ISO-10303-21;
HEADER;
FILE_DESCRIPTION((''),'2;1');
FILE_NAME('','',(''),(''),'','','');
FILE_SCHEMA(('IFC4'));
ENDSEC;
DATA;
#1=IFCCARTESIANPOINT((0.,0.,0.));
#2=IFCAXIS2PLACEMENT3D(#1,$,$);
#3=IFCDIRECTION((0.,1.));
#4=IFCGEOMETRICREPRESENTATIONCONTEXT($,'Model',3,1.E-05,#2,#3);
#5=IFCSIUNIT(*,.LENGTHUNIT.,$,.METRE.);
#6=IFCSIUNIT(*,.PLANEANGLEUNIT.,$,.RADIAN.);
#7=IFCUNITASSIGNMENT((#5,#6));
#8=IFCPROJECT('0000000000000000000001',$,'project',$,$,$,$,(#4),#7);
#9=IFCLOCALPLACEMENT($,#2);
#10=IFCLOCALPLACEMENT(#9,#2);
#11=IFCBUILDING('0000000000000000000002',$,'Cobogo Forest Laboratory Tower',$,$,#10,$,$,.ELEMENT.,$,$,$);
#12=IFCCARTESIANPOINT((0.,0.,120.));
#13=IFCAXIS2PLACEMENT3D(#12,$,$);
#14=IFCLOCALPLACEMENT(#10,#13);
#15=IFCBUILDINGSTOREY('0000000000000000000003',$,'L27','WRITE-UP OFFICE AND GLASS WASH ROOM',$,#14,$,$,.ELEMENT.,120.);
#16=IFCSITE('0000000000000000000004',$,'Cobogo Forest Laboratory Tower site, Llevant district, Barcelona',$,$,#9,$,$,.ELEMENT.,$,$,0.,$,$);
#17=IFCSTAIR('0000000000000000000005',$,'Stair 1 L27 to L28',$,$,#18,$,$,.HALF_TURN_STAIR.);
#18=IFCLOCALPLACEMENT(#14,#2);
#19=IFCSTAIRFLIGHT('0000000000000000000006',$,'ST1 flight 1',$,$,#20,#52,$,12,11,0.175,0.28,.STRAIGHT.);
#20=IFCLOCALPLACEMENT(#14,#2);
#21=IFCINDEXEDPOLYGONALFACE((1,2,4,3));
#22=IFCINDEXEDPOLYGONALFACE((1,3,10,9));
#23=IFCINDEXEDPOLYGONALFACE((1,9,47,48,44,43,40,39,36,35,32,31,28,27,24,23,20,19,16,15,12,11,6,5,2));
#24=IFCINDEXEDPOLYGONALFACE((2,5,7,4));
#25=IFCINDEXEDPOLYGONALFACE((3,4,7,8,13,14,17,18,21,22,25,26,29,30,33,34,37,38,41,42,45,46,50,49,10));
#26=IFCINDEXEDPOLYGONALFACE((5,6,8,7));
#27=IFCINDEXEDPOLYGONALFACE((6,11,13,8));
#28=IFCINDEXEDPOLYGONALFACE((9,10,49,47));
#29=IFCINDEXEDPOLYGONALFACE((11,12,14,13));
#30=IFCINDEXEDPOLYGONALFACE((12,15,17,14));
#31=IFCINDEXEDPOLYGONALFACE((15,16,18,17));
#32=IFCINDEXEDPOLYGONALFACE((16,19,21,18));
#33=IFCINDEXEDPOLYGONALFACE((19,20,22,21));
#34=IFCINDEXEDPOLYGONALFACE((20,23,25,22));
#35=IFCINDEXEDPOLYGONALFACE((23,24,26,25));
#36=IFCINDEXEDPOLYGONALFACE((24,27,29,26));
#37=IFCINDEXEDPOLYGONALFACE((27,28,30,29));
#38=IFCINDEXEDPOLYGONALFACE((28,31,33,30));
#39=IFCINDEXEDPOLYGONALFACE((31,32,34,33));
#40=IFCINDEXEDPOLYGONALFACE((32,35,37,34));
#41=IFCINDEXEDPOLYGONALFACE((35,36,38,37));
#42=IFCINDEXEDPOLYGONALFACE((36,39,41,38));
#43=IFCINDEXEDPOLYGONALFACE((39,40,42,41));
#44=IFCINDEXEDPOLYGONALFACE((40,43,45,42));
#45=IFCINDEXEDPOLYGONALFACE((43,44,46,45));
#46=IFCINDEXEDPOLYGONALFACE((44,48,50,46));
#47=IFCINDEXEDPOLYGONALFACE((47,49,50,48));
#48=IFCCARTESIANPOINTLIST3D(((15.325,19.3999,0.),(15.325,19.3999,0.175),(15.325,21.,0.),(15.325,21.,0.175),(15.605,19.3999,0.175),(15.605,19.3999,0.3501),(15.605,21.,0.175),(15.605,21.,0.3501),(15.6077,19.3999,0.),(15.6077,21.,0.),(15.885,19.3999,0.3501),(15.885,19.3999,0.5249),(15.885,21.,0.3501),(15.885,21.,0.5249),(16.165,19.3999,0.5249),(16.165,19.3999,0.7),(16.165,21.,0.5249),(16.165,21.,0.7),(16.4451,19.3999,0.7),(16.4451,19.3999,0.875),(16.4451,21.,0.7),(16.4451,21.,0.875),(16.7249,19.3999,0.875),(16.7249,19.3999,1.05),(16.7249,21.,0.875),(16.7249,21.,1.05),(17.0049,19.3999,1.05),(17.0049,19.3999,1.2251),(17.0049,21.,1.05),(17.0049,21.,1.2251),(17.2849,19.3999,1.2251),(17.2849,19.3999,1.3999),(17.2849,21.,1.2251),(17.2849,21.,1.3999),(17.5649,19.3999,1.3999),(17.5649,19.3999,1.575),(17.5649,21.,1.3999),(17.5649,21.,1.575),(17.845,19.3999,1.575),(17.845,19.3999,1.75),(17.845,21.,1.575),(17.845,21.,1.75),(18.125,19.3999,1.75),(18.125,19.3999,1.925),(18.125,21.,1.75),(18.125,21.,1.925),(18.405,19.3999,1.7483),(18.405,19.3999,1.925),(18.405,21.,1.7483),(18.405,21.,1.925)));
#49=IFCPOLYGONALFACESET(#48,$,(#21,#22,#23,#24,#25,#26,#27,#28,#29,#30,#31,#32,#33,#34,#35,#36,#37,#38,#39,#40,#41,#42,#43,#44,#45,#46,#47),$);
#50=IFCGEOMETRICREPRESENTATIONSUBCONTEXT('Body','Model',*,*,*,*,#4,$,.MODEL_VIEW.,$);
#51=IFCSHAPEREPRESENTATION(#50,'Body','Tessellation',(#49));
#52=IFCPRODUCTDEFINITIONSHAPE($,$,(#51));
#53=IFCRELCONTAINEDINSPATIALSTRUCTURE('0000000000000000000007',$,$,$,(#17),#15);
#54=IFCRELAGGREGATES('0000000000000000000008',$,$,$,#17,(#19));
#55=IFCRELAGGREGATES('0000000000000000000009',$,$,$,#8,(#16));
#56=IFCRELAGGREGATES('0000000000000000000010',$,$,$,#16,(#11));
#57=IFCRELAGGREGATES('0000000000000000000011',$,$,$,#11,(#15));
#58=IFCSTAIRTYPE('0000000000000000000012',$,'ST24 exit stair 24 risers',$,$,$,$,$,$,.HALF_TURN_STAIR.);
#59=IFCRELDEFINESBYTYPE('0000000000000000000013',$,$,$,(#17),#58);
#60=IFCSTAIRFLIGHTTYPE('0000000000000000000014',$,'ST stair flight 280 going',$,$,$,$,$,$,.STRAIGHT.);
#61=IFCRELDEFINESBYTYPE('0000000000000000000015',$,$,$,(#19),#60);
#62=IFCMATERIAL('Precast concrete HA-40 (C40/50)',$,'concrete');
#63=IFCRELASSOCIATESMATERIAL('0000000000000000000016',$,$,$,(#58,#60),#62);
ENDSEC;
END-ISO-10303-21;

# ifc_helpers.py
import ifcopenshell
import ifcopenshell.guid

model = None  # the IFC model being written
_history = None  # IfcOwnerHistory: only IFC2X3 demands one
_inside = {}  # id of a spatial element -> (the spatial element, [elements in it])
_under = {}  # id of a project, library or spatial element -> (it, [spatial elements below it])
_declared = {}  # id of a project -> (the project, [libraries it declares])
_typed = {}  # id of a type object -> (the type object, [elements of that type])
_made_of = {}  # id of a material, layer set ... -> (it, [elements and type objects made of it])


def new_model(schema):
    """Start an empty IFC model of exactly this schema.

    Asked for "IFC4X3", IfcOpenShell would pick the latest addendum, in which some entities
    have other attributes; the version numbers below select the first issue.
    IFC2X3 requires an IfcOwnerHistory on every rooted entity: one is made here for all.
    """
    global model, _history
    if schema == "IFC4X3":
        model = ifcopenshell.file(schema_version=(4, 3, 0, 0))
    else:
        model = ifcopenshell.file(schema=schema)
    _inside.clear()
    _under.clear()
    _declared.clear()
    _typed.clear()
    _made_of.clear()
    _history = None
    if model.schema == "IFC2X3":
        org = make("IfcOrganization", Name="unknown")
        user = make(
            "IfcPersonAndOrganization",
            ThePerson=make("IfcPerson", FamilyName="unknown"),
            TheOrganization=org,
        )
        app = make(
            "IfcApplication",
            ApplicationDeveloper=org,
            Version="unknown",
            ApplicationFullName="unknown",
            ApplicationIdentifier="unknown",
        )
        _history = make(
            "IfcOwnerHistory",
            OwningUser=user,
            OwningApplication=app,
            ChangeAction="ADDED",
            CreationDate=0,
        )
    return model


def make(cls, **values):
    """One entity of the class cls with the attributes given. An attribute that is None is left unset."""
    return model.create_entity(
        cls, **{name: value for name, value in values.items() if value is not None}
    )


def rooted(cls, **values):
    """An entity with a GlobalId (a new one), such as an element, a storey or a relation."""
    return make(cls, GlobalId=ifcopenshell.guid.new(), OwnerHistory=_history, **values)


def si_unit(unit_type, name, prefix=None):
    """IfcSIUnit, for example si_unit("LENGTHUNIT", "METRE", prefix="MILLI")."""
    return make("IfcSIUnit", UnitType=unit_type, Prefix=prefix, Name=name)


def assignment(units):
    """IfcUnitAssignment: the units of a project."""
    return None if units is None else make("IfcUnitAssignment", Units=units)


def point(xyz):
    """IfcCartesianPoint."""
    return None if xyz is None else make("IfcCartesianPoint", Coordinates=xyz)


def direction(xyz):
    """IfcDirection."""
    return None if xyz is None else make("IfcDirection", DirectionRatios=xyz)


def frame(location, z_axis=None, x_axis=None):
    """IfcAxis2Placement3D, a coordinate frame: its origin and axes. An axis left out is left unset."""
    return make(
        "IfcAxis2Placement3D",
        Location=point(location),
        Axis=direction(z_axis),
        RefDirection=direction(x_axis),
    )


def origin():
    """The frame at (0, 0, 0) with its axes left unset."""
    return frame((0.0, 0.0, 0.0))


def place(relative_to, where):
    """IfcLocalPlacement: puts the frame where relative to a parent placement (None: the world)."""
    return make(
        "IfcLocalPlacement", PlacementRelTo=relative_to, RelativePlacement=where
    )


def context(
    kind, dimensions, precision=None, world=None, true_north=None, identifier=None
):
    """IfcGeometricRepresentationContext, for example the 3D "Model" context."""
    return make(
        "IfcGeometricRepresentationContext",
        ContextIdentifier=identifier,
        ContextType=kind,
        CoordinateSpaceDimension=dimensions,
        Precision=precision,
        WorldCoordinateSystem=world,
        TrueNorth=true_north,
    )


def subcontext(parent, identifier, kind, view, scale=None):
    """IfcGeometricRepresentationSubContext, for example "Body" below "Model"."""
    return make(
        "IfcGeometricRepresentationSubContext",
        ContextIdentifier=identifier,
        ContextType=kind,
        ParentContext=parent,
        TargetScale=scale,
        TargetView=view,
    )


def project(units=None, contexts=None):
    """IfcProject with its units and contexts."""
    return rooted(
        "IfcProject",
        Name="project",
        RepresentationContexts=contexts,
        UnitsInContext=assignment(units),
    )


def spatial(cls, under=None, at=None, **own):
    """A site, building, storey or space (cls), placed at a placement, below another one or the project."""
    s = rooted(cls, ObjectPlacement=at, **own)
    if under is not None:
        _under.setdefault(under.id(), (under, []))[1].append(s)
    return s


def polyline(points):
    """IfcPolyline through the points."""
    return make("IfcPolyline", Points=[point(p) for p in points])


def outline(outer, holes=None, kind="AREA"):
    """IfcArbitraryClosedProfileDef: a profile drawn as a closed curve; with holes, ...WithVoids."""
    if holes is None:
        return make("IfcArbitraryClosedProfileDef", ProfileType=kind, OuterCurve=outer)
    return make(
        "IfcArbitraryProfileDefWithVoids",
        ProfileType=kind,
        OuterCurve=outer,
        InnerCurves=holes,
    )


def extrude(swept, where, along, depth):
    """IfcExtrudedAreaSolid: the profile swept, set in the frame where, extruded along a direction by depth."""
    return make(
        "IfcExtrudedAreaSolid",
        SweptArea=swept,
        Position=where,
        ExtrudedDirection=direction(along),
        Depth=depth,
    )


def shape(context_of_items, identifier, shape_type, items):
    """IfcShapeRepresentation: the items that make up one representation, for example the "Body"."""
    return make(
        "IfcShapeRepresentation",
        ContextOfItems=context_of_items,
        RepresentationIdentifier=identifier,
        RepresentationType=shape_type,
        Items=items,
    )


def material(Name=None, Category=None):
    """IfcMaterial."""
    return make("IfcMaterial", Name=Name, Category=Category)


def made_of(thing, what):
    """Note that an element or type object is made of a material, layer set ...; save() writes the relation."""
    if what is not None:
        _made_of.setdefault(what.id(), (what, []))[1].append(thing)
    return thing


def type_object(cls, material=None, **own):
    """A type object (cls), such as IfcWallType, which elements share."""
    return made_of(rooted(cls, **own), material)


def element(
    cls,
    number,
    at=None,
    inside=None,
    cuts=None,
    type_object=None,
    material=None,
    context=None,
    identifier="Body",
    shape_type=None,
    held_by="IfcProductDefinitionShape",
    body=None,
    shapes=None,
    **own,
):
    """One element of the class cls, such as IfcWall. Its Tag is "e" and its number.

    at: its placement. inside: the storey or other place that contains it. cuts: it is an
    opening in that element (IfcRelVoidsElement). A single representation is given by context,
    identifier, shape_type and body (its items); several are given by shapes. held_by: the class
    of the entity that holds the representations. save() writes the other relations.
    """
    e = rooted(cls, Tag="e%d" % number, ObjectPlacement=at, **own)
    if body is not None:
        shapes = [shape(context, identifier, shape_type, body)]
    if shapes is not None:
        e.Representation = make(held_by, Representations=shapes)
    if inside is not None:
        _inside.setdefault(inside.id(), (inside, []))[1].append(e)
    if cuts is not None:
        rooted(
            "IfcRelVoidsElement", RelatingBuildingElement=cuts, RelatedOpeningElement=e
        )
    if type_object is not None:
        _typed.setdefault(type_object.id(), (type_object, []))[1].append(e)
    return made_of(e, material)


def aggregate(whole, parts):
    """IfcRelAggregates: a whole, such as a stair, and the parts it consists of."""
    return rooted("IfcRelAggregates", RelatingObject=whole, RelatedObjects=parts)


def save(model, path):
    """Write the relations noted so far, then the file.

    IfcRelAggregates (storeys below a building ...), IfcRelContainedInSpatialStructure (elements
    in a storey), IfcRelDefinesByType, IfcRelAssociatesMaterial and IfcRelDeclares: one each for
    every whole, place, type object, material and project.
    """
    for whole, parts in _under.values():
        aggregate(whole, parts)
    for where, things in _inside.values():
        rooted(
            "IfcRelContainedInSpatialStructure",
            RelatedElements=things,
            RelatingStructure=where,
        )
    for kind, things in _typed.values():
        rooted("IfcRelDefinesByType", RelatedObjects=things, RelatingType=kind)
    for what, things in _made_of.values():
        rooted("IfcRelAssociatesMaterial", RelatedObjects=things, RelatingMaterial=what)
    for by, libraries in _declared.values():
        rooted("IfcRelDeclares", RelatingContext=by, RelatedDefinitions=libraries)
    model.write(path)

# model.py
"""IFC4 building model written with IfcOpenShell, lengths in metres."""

from ifc_helpers import new_model, si_unit, direction, frame, origin, place, context, subcontext, project, spatial, polyline, outline, extrude, material, type_object, element, aggregate, save


model = new_model("IFC4")

# Units and contexts
model_context = context("Model", 3, precision=1e-05, world=origin(), true_north=direction((0.0, 1.0)))
body_context = subcontext(model_context, "Body", "Model", "MODEL_VIEW")
ifc_project = project(units=[si_unit("LENGTHUNIT", "METRE"), si_unit("PLANEANGLEUNIT", "RADIAN")], contexts=[model_context])

# Site, building, storey
site_placement = place(None, origin())
site = spatial("IfcSite", under=ifc_project, at=site_placement, Name="Cobogo Forest Laboratory Tower site, Llevant district, Barcelona", CompositionType="ELEMENT", RefElevation=0.0)
building_placement = place(site_placement, origin())
building = spatial("IfcBuilding", under=site, at=building_placement, Name="Cobogo Forest Laboratory Tower", CompositionType="ELEMENT")
storey_placement = place(building_placement, frame((0.0, 0.0, 120.0)))
storey = spatial("IfcBuildingStorey", under=building, at=storey_placement, Name="L27", Description="WRITE-UP OFFICE AND GLASS WASH ROOM", CompositionType="ELEMENT", Elevation=120.0)

# Stair, stair flight
ifc_material_1 = material(Name="Precast concrete HA-40 (C40/50)", Category="concrete")
stair_type = type_object("IfcStairType", Name="ST24 exit stair 24 risers", PredefinedType="HALF_TURN_STAIR", material=ifc_material_1)
stair_placement = place(storey_placement, origin())
stair = element("IfcStair", 1, at=stair_placement, inside=storey, type_object=stair_type, Name="Stair 1 L27 to L28", PredefinedType="HALF_TURN_STAIR")
stair_flight_type = type_object("IfcStairFlightType", Name="ST stair flight 280 going", PredefinedType="STRAIGHT", material=ifc_material_1)
stair_flight_placement = place(storey_placement, frame((15.325, 20.2, 0.0), z_axis=(0.0, 0.0, 1.0), x_axis=(1.0, 0.0, 0.0)))
stair_flight = element("IfcStairFlight", 2, at=stair_flight_placement, type_object=stair_flight_type, Name="ST1 flight 1", NumberOfRisers=12, NumberOfTreads=11, PredefinedType="STRAIGHT", RiserHeight=0.175, TreadLength=0.28, context=body_context, shape_type="SweptSolid", body=[
    extrude(outline(polyline([(0.0, 0.0), (0.0, 0.175), (0.28, 0.175), (0.28, 0.3501), (0.5601, 0.3501), (0.5601, 0.5249), (0.8401, 0.5249), (0.8401, 0.7), (1.1201, 0.7), (1.1201, 0.875), (1.3999, 0.875), (1.3999, 1.05), (1.6799, 1.05), (1.6799, 1.2251), (1.96, 1.2251), (1.96, 1.3999), (2.24, 1.3999), (2.24, 1.575), (2.52, 1.575), (2.52, 1.75), (2.8, 1.75), (2.8, 1.925), (3.0801, 1.925), (3.0801, 2.1001), (3.0801, 1.7483), (0.2827, 0.0), (0.0, 0.0)])), frame((0.0, 0.8, 0.0), z_axis=(0.0, -1.0, 0.0), x_axis=(1.0, 0.0, 0.0)), (0.0, 0.0, 1.0), 1.6001),
])
aggregate(stair, [stair_flight])

save(model, "model.ifc")
